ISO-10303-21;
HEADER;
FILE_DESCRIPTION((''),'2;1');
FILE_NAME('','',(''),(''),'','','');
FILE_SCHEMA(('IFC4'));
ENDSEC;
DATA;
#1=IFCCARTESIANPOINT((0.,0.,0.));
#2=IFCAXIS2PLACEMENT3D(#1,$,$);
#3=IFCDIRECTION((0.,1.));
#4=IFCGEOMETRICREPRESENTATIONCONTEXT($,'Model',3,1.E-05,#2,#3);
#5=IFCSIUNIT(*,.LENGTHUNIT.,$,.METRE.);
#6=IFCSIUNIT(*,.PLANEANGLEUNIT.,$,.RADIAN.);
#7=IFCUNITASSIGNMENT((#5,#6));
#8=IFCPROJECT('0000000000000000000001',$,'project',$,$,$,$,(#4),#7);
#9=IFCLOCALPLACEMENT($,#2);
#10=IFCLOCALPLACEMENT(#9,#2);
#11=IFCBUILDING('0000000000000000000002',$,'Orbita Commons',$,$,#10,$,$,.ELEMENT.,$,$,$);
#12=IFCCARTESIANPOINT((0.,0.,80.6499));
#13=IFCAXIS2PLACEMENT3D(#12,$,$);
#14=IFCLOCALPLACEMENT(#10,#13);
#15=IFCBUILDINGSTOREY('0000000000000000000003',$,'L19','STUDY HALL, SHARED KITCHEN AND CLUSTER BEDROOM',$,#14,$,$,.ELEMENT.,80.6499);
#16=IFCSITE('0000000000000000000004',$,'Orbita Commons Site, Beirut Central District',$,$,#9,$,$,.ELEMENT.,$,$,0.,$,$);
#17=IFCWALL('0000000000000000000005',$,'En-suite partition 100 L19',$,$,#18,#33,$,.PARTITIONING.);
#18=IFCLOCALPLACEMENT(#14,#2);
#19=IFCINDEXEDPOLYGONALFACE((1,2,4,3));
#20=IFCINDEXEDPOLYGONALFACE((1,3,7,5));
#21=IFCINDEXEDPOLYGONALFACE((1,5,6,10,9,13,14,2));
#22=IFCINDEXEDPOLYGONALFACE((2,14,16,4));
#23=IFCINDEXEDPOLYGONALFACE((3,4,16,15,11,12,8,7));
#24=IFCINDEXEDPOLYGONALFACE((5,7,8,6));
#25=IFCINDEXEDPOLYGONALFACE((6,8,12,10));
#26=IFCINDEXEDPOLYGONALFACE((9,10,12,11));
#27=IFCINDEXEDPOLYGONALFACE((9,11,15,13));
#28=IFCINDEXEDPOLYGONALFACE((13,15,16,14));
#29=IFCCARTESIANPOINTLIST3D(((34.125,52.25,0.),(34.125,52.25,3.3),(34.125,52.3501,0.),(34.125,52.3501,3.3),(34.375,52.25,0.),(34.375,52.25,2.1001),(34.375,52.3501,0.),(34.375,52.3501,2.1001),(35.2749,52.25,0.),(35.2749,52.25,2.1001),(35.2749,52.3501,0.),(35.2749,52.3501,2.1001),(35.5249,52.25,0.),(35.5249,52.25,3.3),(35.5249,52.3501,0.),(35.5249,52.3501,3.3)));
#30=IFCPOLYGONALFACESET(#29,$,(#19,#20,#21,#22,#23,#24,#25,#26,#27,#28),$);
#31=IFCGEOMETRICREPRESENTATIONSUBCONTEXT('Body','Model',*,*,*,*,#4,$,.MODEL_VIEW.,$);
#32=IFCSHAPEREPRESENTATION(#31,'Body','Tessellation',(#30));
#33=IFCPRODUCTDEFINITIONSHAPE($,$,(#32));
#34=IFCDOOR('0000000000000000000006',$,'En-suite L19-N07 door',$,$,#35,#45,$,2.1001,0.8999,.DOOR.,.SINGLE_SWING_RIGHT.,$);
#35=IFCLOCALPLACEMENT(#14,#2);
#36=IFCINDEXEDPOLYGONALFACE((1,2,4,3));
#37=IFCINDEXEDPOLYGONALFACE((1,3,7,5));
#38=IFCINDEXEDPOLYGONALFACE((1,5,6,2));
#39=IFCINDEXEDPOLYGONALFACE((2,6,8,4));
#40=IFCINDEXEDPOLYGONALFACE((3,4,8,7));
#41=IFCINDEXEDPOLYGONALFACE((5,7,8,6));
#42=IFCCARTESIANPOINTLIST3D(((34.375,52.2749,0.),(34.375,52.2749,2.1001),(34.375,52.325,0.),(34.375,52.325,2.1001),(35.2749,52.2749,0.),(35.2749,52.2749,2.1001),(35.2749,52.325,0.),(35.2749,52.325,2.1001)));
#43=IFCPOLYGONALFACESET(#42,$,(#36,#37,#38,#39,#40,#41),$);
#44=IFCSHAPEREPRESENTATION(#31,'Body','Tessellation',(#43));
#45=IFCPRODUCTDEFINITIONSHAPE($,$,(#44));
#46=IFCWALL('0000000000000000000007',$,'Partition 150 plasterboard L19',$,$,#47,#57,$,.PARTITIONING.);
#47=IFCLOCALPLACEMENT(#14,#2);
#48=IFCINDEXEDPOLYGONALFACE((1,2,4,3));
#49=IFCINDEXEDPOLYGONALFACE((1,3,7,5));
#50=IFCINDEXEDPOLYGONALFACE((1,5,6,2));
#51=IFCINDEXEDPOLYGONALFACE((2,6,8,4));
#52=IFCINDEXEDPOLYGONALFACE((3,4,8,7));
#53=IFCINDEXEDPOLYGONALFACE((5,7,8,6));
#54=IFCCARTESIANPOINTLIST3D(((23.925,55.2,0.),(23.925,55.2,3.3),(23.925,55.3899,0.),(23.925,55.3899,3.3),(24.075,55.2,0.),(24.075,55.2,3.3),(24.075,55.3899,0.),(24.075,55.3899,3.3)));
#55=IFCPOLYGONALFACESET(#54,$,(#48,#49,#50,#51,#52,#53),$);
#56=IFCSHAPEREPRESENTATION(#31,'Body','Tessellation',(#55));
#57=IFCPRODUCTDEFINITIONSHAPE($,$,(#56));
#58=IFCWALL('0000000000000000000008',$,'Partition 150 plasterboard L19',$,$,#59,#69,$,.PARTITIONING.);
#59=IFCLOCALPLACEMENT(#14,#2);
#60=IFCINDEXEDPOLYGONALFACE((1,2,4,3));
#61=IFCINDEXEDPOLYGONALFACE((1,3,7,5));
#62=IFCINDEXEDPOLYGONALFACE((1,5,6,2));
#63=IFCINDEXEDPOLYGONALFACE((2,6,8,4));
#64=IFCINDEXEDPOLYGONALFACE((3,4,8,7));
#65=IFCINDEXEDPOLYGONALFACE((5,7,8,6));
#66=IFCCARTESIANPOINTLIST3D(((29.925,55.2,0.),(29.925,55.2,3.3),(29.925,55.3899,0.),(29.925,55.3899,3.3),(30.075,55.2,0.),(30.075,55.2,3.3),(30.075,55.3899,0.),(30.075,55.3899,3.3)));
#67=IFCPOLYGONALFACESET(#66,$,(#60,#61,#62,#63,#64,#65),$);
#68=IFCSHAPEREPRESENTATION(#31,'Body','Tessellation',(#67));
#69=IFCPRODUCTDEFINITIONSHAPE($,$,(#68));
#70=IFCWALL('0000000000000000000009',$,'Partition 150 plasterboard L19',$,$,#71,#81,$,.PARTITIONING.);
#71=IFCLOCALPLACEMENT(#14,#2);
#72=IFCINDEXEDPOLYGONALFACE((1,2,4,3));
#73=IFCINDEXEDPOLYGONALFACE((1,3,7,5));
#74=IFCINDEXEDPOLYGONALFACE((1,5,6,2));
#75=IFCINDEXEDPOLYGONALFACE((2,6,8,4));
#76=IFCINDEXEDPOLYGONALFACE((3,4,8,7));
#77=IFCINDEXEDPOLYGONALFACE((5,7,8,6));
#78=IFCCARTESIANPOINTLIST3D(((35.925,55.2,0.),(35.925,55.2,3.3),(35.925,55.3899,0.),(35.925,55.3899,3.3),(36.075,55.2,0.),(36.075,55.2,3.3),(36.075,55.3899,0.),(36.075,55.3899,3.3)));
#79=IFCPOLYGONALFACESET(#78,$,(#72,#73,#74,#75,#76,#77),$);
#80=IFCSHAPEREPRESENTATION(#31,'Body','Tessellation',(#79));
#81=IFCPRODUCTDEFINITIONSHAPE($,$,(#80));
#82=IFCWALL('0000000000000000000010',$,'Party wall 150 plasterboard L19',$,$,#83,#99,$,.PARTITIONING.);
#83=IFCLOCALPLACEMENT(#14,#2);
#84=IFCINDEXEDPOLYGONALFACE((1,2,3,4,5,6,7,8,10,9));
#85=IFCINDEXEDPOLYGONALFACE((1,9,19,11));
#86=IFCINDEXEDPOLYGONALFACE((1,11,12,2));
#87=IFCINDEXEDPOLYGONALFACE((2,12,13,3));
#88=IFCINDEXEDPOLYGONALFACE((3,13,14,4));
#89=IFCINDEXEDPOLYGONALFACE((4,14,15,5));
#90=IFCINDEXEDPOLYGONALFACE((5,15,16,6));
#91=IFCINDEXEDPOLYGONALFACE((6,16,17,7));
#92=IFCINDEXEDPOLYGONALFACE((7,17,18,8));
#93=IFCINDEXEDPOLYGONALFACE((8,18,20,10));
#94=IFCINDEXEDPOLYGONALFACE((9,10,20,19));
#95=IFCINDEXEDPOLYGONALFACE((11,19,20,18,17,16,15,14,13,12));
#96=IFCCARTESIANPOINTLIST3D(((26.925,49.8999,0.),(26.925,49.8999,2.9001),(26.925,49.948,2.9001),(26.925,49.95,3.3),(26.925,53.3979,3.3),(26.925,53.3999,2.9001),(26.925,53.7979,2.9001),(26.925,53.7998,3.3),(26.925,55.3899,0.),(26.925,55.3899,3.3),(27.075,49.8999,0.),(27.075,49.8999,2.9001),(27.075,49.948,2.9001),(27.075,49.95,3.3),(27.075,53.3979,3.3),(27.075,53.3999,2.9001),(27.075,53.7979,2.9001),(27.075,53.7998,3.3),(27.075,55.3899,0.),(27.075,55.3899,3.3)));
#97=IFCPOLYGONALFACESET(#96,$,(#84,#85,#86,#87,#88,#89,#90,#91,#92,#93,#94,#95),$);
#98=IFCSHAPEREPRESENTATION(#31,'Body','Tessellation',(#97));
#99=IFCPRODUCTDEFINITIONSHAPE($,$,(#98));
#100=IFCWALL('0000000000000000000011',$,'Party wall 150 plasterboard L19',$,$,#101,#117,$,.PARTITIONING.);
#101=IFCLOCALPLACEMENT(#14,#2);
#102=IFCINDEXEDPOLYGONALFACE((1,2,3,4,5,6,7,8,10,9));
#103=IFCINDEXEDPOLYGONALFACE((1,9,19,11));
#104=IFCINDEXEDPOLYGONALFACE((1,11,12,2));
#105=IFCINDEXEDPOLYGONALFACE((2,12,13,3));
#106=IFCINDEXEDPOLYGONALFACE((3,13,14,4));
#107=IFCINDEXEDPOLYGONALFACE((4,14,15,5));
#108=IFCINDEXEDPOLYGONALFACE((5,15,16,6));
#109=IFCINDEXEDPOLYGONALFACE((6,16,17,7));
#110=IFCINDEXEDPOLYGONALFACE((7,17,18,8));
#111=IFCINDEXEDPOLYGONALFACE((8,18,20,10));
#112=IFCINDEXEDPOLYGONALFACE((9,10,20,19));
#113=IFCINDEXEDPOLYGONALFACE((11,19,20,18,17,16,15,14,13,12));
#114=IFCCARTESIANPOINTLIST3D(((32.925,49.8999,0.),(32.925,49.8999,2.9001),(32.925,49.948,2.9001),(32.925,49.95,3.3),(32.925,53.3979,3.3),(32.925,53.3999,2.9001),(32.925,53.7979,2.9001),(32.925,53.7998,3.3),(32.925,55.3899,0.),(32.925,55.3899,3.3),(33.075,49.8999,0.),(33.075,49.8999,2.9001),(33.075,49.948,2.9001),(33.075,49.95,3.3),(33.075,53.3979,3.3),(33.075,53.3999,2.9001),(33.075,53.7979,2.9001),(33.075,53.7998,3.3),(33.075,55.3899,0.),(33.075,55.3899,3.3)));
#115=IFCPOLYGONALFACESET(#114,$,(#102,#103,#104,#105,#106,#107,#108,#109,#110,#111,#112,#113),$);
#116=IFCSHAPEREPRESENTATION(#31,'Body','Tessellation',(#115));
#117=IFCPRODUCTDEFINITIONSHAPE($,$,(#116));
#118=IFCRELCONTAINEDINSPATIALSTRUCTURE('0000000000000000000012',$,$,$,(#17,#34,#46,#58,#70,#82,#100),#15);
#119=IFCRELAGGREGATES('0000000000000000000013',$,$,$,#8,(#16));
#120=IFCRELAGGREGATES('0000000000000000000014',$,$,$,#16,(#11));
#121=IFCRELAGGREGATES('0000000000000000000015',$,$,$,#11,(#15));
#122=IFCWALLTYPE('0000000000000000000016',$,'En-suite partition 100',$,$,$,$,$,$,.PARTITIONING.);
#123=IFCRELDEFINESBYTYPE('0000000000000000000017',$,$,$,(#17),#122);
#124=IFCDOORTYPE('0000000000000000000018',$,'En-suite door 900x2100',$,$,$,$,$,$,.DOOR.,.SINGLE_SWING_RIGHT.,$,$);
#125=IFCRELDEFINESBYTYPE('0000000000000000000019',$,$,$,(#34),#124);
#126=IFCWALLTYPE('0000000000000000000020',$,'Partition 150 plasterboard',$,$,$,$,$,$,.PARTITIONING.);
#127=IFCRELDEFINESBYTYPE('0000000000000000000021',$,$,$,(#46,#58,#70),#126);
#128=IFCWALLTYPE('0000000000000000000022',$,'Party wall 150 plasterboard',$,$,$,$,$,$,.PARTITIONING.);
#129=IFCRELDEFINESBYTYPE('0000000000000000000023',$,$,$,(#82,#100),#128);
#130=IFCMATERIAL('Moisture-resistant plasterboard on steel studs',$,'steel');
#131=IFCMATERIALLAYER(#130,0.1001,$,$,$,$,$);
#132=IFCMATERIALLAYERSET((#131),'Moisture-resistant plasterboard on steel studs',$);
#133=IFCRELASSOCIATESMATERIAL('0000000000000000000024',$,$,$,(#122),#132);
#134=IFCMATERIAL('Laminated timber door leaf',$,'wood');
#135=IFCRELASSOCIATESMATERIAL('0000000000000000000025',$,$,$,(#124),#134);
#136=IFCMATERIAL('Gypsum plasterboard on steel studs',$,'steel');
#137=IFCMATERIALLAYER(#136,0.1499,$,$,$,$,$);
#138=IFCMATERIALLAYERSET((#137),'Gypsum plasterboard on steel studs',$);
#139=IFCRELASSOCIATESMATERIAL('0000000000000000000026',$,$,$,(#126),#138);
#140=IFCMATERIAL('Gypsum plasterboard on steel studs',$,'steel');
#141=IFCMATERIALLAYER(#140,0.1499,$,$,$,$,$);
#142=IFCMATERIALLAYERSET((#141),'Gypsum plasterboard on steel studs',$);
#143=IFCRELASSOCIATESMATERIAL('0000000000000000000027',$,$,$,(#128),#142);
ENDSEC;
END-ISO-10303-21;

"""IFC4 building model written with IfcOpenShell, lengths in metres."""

from ifc_helpers import new_model, si_unit, direction, frame, frame_2d, origin, place, context, subcontext, project, spatial, polyline, rectangle, outline, extrude, material, layer, layer_set, type_object, element, fill, save


model = new_model("IFC4")

# Units and contexts
model_context = context("Model", 3, precision=1e-05, world=origin(), true_north=direction((0.0, 1.0)))
body_context = subcontext(model_context, "Body", "Model", "MODEL_VIEW")
ifc_project = project(units=[si_unit("LENGTHUNIT", "METRE"), si_unit("PLANEANGLEUNIT", "RADIAN")], contexts=[model_context])

# Site, building, storey
site_placement = place(None, origin())
site = spatial("IfcSite", under=ifc_project, at=site_placement, Name="Orbita Commons Site, Beirut Central District", CompositionType="ELEMENT", RefElevation=0.0)
building_placement = place(site_placement, origin())
building = spatial("IfcBuilding", under=site, at=building_placement, Name="Orbita Commons", CompositionType="ELEMENT")
storey_placement = place(building_placement, frame((0.0, 0.0, 80.6499)))
storey = spatial("IfcBuildingStorey", under=building, at=storey_placement, Name="L19", Description="STUDY HALL, SHARED KITCHEN AND CLUSTER BEDROOM", CompositionType="ELEMENT", Elevation=80.6499)

# Wall, opening, door
ifc_material_1 = material(Name="Moisture-resistant plasterboard on steel studs", Category="steel")
ifc_layer_1 = layer(ifc_material_1, 0.1001)
ifc_layer_set_1 = layer_set([ifc_layer_1], Name="Moisture-resistant plasterboard on steel studs")
wall_type_1 = type_object("IfcWallType", Name="En-suite partition 100", PredefinedType="PARTITIONING", material=ifc_layer_set_1)
wall_placement = place(storey_placement, frame((34.125, 52.3, 0.0), z_axis=(0.0, 0.0, 1.0), x_axis=(1.0, 0.0, 0.0)))
wall = element("IfcWall", 1, at=wall_placement, inside=storey, type_object=wall_type_1, Name="En-suite partition 100 L19", PredefinedType="PARTITIONING", context=body_context, shape_type="SweptSolid", body=[
    extrude(rectangle(XDim=1.3999, YDim=0.1001, at=frame_2d((0.7, 0.0))), origin(), (0.0, 0.0, 1.0), 3.3),
])
opening_placement = place(wall_placement, frame((0.25, 0.0, 0.0)))
opening = element("IfcOpeningElement", 2, at=opening_placement, cuts=wall, PredefinedType="OPENING", context=body_context, shape_type="SweptSolid", body=[
    extrude(rectangle(XDim=0.8999, YDim=2.1001, at=frame_2d((0.45, 1.05))), frame((0.0, 0.0601, 0.0), z_axis=(0.0, -1.0, 0.0), x_axis=(1.0, 0.0, 0.0)), (0.0, 0.0, 1.0), 0.1201),
])
ifc_material_2 = material(Name="Laminated timber door leaf", Category="wood")
door_type = type_object("IfcDoorType", Name="En-suite door 900x2100", OperationType="SINGLE_SWING_RIGHT", PredefinedType="DOOR", material=ifc_material_2)
door_placement = place(opening_placement, origin())
door = element("IfcDoor", 3, at=door_placement, inside=storey, type_object=door_type, Name="En-suite L19-N07 door", OperationType="SINGLE_SWING_RIGHT", OverallHeight=2.1001, OverallWidth=0.8999, PredefinedType="DOOR", context=body_context, shape_type="SweptSolid", body=[
    extrude(rectangle(XDim=0.8999, YDim=2.1001, at=frame_2d((0.45, 1.05))), frame((0.0, 0.0249, 0.0), z_axis=(0.0, -1.0, 0.0), x_axis=(1.0, 0.0, 0.0)), (0.0, 0.0, 1.0), 0.05),
])
fill(opening, door)

# Walls
ifc_material_3 = material(Name="Gypsum plasterboard on steel studs", Category="steel")
ifc_layer_2 = layer(ifc_material_3, 0.1499)
ifc_layer_set_2 = layer_set([ifc_layer_2], Name="Gypsum plasterboard on steel studs")
wall_type_2 = type_object("IfcWallType", Name="Partition 150 plasterboard", PredefinedType="PARTITIONING", material=ifc_layer_set_2)
for number, where, z_axis, x_axis, name in (
    (4, (24.0, 55.2, 0.0), (0.0, 0.0, 1.0), (0.0, 1.0, 0.0), "Partition 150 plasterboard L19"),
    (5, (30.0, 55.2, 0.0), (0.0, 0.0, 1.0), (0.0, 1.0, 0.0), "Partition 150 plasterboard L19"),
    (6, (36.0, 55.2, 0.0), (0.0, 0.0, 1.0), (0.0, 1.0, 0.0), "Partition 150 plasterboard L19"),
):
    element("IfcWall", number, at=place(storey_placement, frame(where, z_axis=z_axis, x_axis=x_axis)), inside=storey, type_object=wall_type_2, Name=name, PredefinedType="PARTITIONING", context=body_context, shape_type="SweptSolid", body=[
        extrude(rectangle(XDim=0.1899, YDim=0.1499, at=frame_2d((0.095, 0.0))), origin(), (0.0, 0.0, 1.0), 3.3),
    ])
ifc_material_4 = material(Name="Gypsum plasterboard on steel studs", Category="steel")
ifc_layer_3 = layer(ifc_material_4, 0.1499)
ifc_layer_set_3 = layer_set([ifc_layer_3], Name="Gypsum plasterboard on steel studs")
wall_type_3 = type_object("IfcWallType", Name="Party wall 150 plasterboard", PredefinedType="PARTITIONING", material=ifc_layer_set_3)
for number, where, z_axis, x_axis, name in (
    (7, (27.0, 55.3899, 0.0), (0.0, 0.0, 1.0), (0.0, -1.0, 0.0), "Party wall 150 plasterboard L19"),
    (8, (33.0, 55.3899, 0.0), (0.0, 0.0, 1.0), (0.0, -1.0, 0.0), "Party wall 150 plasterboard L19"),
):
    element("IfcWall", number, at=place(storey_placement, frame(where, z_axis=z_axis, x_axis=x_axis)), inside=storey, type_object=wall_type_3, Name=name, PredefinedType="PARTITIONING", context=body_context, shape_type="SweptSolid", body=[
        extrude(outline(polyline([(0.0, 0.0), (5.49, 0.0), (5.49, 2.9001), (5.4419, 2.9001), (5.4399, 3.3), (1.9919, 3.3), (1.99, 2.9001), (1.592, 2.9001), (1.5901, 3.3), (0.0, 3.3), (0.0, 0.0)])), frame((0.0, 0.075, 0.0), z_axis=(0.0, -1.0, 0.0), x_axis=(1.0, 0.0, 0.0)), (0.0, 0.0, 1.0), 0.1499),
    ])

save(model, "model.ifc")
